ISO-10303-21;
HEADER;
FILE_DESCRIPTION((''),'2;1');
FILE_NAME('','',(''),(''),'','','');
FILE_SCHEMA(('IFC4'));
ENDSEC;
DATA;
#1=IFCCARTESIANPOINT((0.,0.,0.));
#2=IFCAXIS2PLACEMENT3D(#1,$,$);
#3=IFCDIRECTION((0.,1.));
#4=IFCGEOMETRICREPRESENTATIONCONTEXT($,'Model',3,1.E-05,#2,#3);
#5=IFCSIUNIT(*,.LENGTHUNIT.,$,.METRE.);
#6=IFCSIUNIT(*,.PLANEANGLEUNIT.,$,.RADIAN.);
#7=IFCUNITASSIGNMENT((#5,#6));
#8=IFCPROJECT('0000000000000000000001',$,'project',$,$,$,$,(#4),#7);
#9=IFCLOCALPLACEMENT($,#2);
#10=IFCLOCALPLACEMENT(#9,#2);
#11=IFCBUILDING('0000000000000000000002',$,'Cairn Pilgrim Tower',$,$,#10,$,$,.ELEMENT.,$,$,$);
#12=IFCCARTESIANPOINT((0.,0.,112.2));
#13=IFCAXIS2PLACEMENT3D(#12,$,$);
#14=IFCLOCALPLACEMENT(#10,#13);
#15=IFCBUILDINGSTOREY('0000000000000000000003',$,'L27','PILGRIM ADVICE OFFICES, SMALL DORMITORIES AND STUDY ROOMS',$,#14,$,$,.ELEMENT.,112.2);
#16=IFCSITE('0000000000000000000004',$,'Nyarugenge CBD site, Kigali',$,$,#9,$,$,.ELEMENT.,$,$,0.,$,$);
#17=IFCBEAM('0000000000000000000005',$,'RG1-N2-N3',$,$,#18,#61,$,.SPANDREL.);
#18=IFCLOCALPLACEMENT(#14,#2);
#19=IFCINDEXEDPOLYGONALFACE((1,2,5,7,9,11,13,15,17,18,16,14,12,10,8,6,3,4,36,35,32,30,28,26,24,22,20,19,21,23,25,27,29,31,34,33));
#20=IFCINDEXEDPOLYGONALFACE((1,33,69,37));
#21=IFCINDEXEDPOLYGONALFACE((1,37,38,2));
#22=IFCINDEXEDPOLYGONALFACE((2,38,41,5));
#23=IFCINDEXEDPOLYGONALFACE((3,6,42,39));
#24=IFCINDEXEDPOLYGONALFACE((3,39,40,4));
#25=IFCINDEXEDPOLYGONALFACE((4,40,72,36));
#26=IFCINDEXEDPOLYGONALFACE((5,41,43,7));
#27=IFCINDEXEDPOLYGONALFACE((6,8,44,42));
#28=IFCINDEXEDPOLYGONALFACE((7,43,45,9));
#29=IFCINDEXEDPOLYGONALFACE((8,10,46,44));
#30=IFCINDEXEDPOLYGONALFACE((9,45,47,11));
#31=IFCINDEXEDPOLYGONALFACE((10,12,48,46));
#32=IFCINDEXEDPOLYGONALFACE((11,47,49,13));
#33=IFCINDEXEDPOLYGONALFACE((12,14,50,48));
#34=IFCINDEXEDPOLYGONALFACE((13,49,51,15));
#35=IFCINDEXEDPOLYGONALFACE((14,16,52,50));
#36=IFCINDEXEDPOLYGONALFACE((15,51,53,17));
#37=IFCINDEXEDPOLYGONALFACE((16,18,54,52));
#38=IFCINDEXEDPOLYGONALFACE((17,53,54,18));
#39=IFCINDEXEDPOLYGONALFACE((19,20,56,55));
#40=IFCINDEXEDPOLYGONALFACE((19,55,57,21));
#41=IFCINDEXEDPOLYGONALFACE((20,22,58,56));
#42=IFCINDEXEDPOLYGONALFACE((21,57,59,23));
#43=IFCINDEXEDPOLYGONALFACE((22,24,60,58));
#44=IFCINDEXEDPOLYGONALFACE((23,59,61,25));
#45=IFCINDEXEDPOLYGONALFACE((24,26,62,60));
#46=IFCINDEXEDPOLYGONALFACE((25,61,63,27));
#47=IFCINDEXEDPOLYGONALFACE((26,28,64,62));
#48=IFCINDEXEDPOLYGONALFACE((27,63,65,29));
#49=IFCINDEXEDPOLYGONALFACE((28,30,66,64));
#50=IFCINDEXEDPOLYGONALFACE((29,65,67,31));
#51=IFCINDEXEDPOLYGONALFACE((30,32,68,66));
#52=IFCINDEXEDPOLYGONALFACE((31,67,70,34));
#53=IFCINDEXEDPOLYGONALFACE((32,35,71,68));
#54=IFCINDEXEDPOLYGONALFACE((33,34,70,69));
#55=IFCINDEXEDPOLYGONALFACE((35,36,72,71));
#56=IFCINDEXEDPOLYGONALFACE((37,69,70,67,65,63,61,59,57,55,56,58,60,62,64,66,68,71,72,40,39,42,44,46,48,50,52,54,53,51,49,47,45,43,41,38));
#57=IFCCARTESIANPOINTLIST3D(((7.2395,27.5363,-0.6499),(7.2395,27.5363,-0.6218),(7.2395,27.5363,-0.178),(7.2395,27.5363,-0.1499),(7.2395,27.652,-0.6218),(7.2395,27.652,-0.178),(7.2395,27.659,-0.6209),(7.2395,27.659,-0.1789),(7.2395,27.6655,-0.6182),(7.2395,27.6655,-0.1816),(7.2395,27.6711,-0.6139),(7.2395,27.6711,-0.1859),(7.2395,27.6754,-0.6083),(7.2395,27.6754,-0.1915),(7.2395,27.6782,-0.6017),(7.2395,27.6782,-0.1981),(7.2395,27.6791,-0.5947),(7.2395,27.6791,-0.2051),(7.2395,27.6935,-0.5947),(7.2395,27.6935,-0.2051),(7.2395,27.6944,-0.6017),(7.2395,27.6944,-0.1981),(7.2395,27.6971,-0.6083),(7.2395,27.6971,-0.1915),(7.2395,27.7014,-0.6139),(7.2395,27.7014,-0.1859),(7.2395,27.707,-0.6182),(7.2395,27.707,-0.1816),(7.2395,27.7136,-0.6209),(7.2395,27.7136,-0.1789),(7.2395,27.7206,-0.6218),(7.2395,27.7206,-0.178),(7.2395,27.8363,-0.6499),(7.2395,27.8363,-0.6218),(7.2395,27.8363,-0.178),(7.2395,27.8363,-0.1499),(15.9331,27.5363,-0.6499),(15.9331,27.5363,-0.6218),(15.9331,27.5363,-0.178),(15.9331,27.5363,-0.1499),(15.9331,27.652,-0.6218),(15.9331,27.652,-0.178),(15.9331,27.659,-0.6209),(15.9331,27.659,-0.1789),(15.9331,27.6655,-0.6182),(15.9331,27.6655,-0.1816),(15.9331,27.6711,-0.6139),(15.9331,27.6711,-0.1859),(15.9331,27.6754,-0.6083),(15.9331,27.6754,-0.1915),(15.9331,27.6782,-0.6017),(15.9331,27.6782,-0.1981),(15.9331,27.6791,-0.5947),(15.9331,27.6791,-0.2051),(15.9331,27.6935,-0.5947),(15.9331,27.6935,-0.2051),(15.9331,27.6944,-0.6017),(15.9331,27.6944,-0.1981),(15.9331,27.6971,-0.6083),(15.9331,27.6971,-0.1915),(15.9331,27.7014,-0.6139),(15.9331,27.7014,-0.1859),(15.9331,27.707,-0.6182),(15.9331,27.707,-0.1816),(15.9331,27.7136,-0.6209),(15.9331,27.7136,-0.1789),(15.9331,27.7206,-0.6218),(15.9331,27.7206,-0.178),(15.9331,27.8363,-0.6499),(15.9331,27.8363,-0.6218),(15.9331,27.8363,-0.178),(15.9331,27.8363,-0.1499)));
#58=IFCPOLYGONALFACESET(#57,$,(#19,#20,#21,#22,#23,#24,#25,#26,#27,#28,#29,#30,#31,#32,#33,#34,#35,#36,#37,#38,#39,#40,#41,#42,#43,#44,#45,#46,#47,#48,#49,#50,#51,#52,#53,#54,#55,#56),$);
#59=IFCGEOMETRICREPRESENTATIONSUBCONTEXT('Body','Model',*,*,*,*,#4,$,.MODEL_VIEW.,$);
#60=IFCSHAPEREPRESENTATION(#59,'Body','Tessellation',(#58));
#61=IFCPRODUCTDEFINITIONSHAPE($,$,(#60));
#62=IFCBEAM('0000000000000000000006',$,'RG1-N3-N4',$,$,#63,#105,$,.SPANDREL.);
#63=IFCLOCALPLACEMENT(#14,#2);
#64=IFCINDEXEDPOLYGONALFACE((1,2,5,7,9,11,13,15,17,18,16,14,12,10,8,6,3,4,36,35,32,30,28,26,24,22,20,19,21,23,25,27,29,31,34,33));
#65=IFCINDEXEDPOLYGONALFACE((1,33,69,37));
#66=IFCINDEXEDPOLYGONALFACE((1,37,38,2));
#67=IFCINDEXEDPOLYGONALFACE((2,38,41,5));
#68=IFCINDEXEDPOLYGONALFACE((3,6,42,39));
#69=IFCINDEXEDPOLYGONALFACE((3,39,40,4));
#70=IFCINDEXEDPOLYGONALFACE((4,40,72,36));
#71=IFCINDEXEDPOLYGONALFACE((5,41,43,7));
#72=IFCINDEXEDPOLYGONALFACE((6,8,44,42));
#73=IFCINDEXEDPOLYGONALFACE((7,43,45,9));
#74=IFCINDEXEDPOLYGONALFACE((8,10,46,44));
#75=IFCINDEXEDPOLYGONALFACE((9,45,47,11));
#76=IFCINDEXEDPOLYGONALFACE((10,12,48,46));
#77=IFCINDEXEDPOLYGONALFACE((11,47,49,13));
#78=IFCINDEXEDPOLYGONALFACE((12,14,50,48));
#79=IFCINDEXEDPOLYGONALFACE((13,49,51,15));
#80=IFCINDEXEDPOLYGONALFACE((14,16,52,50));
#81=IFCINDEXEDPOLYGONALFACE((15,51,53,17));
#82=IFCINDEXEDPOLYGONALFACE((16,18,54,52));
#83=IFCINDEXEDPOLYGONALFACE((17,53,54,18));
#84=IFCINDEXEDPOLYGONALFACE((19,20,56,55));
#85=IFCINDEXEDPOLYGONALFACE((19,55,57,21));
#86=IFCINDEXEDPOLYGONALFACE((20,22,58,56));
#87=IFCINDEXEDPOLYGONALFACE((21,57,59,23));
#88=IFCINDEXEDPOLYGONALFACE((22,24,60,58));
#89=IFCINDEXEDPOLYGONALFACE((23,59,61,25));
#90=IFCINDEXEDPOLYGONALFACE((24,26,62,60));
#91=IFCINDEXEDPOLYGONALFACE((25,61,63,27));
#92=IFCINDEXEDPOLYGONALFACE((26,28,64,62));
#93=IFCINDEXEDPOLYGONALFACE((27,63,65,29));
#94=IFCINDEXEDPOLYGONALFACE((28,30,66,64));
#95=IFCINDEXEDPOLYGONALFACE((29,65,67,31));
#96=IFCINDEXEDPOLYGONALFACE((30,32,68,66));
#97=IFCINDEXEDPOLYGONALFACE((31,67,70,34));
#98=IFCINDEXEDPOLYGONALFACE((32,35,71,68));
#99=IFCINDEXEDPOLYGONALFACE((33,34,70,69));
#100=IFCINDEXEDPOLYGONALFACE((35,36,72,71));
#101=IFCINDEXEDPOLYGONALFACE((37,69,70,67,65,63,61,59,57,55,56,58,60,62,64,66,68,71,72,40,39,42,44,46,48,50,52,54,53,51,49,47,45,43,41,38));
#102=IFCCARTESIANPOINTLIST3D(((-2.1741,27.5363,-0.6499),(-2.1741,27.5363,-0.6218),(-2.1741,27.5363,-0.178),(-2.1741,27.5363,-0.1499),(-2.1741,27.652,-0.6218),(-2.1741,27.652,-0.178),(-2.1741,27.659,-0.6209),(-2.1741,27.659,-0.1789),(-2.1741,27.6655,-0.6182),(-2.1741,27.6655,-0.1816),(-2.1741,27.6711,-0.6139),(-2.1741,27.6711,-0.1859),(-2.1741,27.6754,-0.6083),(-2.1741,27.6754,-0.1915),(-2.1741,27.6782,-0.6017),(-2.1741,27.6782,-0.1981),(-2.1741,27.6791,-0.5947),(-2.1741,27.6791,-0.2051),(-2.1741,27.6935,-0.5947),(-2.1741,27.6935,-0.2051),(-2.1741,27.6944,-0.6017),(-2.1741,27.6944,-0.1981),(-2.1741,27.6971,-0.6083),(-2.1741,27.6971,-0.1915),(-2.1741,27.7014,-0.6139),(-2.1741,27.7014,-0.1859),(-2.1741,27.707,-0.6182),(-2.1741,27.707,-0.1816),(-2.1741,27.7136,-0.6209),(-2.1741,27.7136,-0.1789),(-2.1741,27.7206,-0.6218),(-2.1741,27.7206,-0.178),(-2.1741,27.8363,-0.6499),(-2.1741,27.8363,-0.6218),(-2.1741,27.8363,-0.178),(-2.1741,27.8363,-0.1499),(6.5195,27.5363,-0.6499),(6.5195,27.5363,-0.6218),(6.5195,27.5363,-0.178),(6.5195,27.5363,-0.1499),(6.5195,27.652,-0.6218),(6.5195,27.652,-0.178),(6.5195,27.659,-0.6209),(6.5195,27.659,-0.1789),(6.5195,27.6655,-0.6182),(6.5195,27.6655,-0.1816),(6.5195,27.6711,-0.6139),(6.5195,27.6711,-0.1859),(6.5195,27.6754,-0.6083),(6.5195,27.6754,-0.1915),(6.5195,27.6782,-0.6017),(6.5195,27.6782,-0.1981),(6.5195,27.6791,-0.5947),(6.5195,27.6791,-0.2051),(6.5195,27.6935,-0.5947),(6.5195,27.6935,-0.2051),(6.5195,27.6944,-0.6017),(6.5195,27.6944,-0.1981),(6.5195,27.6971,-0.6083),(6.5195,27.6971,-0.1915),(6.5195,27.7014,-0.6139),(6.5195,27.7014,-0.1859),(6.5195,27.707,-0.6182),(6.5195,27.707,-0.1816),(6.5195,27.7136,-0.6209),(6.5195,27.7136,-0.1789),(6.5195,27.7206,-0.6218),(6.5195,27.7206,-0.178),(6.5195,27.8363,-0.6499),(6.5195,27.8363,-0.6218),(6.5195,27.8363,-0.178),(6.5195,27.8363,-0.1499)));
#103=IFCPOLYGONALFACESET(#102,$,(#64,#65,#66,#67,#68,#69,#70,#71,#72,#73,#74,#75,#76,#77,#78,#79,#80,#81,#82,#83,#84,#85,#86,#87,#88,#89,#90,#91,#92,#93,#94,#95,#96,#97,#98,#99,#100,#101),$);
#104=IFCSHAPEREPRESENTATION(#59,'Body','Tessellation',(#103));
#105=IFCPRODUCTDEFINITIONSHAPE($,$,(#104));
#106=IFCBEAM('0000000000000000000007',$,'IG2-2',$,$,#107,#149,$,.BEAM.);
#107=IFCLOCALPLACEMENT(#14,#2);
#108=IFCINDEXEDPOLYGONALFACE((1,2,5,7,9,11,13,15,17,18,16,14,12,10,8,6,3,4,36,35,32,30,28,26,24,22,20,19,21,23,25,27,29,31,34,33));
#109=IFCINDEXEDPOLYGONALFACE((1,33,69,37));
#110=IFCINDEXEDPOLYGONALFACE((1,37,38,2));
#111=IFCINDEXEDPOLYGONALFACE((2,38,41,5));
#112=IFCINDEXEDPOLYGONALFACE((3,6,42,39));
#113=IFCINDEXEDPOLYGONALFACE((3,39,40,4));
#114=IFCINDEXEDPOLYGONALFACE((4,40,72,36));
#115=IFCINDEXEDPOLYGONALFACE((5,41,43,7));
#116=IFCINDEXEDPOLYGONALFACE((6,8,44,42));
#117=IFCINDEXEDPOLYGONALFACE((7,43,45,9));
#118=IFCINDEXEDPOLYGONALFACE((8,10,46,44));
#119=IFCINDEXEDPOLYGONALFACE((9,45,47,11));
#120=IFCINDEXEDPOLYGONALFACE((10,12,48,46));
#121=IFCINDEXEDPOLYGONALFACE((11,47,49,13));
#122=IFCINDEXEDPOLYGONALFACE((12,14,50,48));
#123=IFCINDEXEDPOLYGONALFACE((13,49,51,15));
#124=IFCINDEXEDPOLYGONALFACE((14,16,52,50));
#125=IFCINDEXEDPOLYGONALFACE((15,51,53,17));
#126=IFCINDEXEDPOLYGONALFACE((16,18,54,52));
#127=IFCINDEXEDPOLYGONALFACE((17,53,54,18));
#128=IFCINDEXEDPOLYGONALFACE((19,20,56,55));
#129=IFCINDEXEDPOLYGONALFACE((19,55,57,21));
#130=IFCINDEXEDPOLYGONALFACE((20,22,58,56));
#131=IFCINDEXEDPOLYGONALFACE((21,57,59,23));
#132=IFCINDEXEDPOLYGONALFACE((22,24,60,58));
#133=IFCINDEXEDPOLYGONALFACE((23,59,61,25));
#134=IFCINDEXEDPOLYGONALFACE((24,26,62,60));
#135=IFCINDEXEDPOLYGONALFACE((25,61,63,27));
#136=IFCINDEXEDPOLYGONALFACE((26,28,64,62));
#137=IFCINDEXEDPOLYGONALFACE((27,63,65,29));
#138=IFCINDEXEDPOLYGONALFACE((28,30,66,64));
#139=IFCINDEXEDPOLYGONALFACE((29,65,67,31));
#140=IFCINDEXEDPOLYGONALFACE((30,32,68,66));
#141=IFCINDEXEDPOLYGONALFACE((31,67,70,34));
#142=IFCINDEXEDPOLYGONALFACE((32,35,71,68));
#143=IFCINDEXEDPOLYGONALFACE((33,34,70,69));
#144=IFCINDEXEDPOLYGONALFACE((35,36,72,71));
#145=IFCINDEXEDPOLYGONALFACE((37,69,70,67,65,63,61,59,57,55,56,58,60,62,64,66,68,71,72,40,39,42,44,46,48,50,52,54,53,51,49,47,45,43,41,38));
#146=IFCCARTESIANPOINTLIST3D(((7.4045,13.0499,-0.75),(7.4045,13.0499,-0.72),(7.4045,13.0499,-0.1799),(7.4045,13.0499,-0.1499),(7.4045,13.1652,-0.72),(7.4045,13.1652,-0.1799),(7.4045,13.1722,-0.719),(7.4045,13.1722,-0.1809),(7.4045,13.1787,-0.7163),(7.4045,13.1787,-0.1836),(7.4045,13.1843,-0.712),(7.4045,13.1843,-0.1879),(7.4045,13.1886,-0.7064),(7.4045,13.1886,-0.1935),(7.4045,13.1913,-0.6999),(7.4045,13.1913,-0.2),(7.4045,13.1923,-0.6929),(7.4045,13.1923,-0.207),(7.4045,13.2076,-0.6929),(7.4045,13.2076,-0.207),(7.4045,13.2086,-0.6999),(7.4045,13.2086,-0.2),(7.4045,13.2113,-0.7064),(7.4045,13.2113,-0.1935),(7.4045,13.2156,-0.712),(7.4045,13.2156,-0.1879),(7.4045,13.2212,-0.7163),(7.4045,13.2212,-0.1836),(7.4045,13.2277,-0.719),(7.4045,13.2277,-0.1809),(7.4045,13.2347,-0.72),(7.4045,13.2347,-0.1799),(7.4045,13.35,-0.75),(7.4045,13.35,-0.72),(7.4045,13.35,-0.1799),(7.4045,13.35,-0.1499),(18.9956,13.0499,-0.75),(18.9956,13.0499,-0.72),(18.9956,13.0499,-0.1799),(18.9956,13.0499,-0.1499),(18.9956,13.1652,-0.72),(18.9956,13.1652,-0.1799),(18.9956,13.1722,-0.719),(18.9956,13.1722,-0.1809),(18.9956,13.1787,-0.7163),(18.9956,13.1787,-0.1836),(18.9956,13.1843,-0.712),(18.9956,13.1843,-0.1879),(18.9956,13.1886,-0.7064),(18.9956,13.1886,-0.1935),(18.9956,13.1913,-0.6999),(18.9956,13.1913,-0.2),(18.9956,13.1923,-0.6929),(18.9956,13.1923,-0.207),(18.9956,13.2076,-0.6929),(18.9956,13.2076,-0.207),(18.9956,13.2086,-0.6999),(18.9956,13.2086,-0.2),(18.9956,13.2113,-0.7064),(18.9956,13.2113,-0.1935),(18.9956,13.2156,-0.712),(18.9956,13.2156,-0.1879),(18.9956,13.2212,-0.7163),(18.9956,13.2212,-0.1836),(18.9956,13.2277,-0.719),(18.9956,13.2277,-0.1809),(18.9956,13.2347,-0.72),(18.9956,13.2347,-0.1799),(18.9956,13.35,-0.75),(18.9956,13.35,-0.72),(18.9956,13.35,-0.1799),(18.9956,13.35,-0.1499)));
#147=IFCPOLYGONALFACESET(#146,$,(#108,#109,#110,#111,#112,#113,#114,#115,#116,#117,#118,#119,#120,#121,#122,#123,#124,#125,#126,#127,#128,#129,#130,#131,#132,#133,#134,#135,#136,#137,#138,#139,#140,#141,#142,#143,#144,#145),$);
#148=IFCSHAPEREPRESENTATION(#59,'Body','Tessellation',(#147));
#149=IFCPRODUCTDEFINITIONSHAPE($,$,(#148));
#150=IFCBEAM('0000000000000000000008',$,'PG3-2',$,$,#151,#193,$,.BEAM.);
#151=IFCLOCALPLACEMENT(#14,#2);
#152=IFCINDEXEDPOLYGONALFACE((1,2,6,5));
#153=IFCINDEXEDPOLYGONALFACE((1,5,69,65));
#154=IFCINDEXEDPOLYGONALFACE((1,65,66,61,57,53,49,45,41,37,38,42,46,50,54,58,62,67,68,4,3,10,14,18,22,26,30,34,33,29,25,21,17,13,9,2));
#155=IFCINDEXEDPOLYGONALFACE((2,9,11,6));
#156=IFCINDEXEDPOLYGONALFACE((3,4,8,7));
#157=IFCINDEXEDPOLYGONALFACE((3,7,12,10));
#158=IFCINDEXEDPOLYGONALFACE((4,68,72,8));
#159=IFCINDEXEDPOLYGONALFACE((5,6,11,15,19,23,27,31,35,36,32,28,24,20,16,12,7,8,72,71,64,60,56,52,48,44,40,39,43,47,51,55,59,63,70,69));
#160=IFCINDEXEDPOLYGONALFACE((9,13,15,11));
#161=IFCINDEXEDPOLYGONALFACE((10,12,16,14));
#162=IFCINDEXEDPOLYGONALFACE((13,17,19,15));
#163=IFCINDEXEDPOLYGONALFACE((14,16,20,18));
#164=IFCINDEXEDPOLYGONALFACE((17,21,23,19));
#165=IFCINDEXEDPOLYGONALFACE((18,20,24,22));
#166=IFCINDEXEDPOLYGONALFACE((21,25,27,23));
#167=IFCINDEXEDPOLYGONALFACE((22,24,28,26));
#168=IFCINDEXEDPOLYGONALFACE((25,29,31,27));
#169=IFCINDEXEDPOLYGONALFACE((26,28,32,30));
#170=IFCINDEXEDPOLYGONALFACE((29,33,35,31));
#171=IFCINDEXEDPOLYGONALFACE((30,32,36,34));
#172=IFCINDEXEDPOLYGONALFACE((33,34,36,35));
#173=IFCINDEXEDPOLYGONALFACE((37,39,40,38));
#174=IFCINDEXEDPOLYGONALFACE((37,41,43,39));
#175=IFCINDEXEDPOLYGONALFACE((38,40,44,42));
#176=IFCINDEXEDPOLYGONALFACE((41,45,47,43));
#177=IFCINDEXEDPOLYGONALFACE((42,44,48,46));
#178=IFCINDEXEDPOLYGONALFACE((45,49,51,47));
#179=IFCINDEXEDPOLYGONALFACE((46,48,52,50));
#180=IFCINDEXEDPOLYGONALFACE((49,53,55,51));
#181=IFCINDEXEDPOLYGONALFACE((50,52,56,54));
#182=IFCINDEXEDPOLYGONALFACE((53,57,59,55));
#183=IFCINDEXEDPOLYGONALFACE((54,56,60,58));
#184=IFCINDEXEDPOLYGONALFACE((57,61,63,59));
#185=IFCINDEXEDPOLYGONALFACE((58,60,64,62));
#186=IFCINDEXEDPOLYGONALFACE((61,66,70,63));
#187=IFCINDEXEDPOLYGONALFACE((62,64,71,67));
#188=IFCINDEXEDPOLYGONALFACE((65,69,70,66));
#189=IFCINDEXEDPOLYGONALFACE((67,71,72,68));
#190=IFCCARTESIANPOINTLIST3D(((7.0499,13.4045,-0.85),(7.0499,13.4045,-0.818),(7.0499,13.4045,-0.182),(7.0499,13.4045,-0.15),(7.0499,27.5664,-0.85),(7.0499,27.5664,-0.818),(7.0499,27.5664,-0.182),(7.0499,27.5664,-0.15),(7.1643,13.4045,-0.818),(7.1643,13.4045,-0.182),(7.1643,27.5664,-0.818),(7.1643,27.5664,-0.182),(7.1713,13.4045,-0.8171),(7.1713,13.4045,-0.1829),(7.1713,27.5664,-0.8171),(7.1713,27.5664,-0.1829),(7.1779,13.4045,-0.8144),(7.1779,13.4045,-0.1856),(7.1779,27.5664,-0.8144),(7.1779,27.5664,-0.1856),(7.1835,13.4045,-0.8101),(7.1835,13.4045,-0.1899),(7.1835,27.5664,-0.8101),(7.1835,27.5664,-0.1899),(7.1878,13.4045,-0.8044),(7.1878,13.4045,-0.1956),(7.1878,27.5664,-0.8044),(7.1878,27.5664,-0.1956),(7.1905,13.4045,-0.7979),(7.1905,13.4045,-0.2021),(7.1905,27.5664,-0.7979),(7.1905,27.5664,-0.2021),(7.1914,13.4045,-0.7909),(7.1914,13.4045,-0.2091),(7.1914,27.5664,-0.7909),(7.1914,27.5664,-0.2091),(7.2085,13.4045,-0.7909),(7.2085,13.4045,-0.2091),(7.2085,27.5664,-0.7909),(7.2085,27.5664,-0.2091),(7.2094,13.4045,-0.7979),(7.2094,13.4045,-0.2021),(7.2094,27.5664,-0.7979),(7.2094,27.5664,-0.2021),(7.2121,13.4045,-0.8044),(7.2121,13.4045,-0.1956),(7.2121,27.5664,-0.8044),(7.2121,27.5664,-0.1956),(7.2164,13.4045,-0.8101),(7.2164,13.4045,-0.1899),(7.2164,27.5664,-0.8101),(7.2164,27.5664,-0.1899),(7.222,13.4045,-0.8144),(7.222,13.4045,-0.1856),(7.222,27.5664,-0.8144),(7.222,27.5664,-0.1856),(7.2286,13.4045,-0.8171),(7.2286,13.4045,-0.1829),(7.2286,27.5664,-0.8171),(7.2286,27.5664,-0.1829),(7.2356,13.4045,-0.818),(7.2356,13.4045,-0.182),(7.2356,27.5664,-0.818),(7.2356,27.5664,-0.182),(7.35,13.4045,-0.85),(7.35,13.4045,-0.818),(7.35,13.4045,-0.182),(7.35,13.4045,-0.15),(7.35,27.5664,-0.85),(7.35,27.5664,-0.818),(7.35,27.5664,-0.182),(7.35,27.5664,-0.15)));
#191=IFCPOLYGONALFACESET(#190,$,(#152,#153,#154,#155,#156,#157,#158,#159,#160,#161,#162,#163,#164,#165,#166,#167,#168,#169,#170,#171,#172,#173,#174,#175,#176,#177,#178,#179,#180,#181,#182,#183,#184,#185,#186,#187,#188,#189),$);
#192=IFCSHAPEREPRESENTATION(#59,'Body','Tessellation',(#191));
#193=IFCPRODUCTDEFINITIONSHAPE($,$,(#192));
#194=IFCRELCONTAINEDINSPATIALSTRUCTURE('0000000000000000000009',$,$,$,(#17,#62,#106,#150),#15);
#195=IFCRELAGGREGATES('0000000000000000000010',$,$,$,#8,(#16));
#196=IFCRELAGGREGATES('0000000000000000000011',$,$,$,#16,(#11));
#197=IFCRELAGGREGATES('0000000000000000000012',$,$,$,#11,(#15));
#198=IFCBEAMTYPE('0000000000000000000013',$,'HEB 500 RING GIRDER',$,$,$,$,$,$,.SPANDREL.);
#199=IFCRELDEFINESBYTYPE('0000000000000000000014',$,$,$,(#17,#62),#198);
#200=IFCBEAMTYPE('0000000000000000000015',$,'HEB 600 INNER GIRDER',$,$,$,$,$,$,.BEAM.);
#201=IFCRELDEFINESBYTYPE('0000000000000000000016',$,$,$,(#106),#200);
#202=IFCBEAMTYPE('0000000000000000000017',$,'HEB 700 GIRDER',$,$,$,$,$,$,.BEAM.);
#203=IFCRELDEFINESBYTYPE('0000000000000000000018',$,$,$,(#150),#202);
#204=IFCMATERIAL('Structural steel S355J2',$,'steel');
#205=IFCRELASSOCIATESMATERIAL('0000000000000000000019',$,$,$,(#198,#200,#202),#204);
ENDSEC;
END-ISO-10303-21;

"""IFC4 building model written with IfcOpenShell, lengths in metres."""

from ifc_helpers import new_model, si_unit, direction, frame, origin, origin_2d, place, context, subcontext, project, spatial, i_section, extrude, material, material_profile, profile_set, type_object, element, save


model = new_model("IFC4")

# Units and contexts
model_context = context("Model", 3, precision=1e-05, world=origin(), true_north=direction((0.0, 1.0)))
body_context = subcontext(model_context, "Body", "Model", "MODEL_VIEW")
ifc_project = project(units=[si_unit("LENGTHUNIT", "METRE"), si_unit("PLANEANGLEUNIT", "RADIAN")], contexts=[model_context])

# Site, building, storey
site_placement = place(None, origin())
site = spatial("IfcSite", under=ifc_project, at=site_placement, Name="Nyarugenge CBD site, Kigali", CompositionType="ELEMENT", RefElevation=0.0)
building_placement = place(site_placement, origin())
building = spatial("IfcBuilding", under=site, at=building_placement, Name="Cairn Pilgrim Tower", CompositionType="ELEMENT")
storey_placement = place(building_placement, frame((0.0, 0.0, 112.2)))
storey = spatial("IfcBuildingStorey", under=building, at=storey_placement, Name="L27", Description="PILGRIM ADVICE OFFICES, SMALL DORMITORIES AND STUDY ROOMS", CompositionType="ELEMENT", Elevation=112.2)

# Beams
ifc_material_1 = material(Name="Structural steel S355J2", Category="steel")
ifc_material_profile_1 = material_profile(ifc_material_1, i_section(OverallWidth=0.3, OverallDepth=0.5, WebThickness=0.0144, FlangeThickness=0.0281, FilletRadius=0.0271, at=origin_2d()), Name="HEB 500")
ifc_profile_set_1 = profile_set([ifc_material_profile_1], Name="Structural steel S355J2")
beam_type_1 = type_object("IfcBeamType", Name="HEB 500 RING GIRDER", PredefinedType="SPANDREL", material=ifc_profile_set_1)
for number, where, z_axis, x_axis, name in (
    (1, (15.9331, 27.6863, -0.3999), (-1.0, 0.0, 0.0), (0.0, -1.0, 0.0), "RG1-N2-N3"),
    (2, (6.5195, 27.6863, -0.3999), (-1.0, 0.0, 0.0), (0.0, -1.0, 0.0), "RG1-N3-N4"),
):
    element("IfcBeam", number, at=place(storey_placement, frame(where, z_axis=z_axis, x_axis=x_axis)), inside=storey, type_object=beam_type_1, Name=name, PredefinedType="SPANDREL", context=body_context, shape_type="SweptSolid", body=[
        extrude(i_section(OverallWidth=0.3, OverallDepth=0.5, WebThickness=0.0144, FlangeThickness=0.0281, FilletRadius=0.0271, at=origin_2d()), origin(), (0.0, 0.0, 1.0), 8.6936),
    ])
ifc_material_profile_2 = material_profile(ifc_material_1, i_section(OverallWidth=0.3, OverallDepth=0.6001, WebThickness=0.0154, FlangeThickness=0.03, FilletRadius=0.0271, at=origin_2d()), Name="HEB 600")
ifc_profile_set_2 = profile_set([ifc_material_profile_2], Name="Structural steel S355J2")
beam_type_2 = type_object("IfcBeamType", Name="HEB 600 INNER GIRDER", PredefinedType="BEAM", material=ifc_profile_set_2)
beam_1_placement = place(storey_placement, frame((7.4045, 13.2, -0.45), z_axis=(1.0, 0.0, 0.0), x_axis=(0.0, 1.0, 0.0)))
element("IfcBeam", 3, at=beam_1_placement, inside=storey, type_object=beam_type_2, Name="IG2-2", PredefinedType="BEAM", context=body_context, shape_type="SweptSolid", body=[
    extrude(i_section(OverallWidth=0.3, OverallDepth=0.6001, WebThickness=0.0154, FlangeThickness=0.03, FilletRadius=0.0271, at=origin_2d()), origin(), (0.0, 0.0, 1.0), 11.5911),
])
ifc_material_profile_3 = material_profile(ifc_material_1, i_section(OverallWidth=0.3, OverallDepth=0.7, WebThickness=0.0171, FlangeThickness=0.032, FilletRadius=0.0271, at=origin_2d()), Name="HEB 700")
ifc_profile_set_3 = profile_set([ifc_material_profile_3], Name="Structural steel S355J2")
beam_type_3 = type_object("IfcBeamType", Name="HEB 700 GIRDER", PredefinedType="BEAM", material=ifc_profile_set_3)
beam_2_placement = place(storey_placement, frame((7.2, 13.4045, -0.5), z_axis=(0.0, 1.0, 0.0), x_axis=(-1.0, 0.0, 0.0)))
element("IfcBeam", 4, at=beam_2_placement, inside=storey, type_object=beam_type_3, Name="PG3-2", PredefinedType="BEAM", context=body_context, shape_type="SweptSolid", body=[
    extrude(i_section(OverallWidth=0.3, OverallDepth=0.7, WebThickness=0.0171, FlangeThickness=0.032, FilletRadius=0.0271, at=origin_2d()), origin(), (0.0, 0.0, 1.0), 14.1619),
])

save(model, "model.ifc")
